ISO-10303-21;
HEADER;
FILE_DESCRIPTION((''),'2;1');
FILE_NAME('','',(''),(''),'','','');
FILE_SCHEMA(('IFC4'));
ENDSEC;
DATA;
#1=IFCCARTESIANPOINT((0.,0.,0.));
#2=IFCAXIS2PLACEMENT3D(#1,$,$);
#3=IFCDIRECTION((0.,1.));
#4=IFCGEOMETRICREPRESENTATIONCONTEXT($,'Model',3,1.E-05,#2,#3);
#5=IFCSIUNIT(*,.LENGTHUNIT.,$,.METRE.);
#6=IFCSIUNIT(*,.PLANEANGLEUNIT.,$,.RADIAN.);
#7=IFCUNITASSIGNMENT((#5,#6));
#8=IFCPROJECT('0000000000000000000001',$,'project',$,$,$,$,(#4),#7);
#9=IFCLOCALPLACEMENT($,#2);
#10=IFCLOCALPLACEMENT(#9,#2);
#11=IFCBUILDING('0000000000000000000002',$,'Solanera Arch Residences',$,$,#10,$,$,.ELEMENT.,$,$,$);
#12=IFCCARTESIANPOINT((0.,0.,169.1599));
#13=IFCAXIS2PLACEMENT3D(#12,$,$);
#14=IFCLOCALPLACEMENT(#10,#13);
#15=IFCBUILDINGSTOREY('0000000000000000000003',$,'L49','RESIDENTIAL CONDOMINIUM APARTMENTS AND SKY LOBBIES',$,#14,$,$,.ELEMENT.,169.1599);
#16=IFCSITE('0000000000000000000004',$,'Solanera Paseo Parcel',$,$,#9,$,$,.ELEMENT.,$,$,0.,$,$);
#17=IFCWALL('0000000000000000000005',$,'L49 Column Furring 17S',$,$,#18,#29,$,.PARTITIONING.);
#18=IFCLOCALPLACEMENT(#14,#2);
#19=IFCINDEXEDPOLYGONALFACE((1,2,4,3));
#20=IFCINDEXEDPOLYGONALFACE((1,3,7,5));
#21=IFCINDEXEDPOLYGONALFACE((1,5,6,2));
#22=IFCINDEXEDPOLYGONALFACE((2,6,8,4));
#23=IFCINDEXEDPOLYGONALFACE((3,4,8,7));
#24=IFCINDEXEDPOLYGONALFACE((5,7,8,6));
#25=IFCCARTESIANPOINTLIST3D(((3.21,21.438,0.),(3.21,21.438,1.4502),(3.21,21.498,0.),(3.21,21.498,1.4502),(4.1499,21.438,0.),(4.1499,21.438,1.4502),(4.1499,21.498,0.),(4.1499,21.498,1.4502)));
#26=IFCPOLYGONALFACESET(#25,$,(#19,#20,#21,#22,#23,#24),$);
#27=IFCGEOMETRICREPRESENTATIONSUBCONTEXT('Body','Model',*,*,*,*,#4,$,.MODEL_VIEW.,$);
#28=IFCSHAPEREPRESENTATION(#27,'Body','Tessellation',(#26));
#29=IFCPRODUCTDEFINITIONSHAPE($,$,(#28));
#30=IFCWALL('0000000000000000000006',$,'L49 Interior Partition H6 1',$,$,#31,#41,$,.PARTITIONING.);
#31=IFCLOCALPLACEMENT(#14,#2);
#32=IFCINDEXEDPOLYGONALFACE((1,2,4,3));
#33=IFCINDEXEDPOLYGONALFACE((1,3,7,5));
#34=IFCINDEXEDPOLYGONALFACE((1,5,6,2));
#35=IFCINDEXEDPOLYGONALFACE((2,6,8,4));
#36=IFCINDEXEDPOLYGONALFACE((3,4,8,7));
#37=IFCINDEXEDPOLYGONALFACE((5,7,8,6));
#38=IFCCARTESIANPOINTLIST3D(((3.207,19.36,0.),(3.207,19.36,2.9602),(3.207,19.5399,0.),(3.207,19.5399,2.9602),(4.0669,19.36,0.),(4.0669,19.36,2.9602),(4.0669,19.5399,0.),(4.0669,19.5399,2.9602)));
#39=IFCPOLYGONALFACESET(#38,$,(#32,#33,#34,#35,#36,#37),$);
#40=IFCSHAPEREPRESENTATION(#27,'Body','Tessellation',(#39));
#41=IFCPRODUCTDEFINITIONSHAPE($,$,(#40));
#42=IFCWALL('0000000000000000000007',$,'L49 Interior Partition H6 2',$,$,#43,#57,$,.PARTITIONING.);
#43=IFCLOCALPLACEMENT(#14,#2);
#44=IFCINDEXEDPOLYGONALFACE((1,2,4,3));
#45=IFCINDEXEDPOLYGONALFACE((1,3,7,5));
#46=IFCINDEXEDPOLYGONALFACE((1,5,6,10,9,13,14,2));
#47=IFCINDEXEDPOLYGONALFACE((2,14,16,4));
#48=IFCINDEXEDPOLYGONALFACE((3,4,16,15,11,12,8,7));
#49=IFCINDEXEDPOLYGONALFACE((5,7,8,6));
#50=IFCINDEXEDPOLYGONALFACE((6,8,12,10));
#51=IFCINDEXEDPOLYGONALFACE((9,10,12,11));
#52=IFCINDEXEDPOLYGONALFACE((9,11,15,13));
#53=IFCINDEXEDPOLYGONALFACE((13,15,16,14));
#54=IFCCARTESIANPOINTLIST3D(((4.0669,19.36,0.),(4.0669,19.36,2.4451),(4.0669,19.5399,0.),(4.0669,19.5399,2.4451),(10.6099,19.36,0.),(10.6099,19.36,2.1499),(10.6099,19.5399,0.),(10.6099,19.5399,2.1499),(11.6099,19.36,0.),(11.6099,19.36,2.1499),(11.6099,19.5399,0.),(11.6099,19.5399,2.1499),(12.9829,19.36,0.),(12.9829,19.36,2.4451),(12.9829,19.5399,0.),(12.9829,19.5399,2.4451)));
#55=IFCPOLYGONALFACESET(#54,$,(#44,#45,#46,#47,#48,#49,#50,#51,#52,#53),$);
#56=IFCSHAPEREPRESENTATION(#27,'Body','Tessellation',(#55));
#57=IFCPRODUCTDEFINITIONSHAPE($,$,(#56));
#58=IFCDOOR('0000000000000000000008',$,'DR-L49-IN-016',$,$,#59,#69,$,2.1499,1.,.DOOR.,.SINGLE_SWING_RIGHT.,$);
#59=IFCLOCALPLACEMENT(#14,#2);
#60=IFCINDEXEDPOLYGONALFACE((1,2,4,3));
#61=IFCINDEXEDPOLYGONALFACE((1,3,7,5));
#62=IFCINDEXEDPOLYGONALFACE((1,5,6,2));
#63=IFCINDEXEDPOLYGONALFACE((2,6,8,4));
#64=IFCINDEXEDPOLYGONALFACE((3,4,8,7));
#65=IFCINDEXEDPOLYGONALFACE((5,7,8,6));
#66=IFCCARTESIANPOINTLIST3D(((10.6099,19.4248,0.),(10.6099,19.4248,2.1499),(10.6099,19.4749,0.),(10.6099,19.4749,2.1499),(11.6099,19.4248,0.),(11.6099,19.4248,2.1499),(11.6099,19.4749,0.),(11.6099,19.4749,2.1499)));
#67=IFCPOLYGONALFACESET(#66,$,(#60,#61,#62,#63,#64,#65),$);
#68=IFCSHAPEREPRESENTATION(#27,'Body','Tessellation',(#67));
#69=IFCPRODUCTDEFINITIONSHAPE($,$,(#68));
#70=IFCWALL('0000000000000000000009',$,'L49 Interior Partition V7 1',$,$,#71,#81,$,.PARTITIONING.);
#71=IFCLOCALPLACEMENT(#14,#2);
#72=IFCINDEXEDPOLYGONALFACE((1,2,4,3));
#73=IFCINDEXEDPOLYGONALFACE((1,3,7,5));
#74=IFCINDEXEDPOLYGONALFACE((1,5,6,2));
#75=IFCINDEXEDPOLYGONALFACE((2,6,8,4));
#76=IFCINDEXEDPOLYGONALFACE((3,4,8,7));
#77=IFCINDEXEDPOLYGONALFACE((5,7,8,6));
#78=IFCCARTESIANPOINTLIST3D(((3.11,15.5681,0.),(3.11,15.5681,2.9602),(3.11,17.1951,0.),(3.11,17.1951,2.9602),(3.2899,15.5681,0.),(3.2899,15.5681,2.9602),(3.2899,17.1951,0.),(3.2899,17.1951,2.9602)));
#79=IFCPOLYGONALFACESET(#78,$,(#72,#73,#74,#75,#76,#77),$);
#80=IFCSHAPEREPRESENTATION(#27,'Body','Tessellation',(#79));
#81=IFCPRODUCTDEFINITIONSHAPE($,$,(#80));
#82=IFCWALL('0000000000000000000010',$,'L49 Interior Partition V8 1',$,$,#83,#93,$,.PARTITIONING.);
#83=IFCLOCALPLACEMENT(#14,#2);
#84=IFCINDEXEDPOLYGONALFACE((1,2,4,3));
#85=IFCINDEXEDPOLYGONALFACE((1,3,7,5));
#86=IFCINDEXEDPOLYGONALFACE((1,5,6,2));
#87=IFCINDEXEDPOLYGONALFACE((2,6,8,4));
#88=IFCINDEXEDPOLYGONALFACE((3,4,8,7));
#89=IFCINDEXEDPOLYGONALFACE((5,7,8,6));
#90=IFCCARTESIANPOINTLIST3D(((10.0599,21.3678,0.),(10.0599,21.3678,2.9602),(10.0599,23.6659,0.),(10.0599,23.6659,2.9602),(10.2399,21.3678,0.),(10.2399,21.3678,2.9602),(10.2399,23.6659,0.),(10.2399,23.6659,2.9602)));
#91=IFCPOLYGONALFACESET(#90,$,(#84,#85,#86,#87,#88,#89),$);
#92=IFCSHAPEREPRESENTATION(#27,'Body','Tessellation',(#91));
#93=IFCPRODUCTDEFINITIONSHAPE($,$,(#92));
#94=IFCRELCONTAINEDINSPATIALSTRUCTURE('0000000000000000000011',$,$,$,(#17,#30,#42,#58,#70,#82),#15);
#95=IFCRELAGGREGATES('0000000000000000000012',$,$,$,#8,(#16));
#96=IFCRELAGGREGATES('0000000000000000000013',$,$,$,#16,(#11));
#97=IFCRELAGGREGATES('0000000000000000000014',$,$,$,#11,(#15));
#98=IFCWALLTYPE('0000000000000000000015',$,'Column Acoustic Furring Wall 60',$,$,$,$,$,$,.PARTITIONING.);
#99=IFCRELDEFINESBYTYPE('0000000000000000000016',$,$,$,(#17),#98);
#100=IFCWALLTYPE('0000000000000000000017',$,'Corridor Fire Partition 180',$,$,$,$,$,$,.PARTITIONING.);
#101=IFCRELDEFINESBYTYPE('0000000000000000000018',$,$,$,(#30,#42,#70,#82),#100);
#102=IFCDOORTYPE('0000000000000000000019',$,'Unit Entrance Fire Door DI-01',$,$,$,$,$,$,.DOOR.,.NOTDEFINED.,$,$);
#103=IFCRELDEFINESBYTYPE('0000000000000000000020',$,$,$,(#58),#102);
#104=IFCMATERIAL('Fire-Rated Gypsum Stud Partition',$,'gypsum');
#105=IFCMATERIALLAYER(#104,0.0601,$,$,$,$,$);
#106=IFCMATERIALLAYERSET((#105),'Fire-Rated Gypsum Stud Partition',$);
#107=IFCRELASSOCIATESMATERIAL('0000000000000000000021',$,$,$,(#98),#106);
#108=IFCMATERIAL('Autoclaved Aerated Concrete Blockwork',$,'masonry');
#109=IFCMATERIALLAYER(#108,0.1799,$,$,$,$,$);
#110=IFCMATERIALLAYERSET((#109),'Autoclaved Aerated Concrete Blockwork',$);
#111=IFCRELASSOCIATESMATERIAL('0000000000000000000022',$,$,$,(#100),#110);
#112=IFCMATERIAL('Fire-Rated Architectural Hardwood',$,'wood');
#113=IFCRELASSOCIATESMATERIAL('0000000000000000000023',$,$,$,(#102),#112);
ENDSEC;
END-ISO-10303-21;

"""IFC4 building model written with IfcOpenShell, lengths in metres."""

from ifc_helpers import new_model, si_unit, direction, frame, frame_2d, origin, place, context, subcontext, project, spatial, rectangle, extrude, material, layer, layer_set, type_object, element, fill, save


model = new_model("IFC4")

# Units and contexts
model_context = context("Model", 3, precision=1e-05, world=origin(), true_north=direction((0.0, 1.0)))
body_context = subcontext(model_context, "Body", "Model", "MODEL_VIEW")
ifc_project = project(units=[si_unit("LENGTHUNIT", "METRE"), si_unit("PLANEANGLEUNIT", "RADIAN")], contexts=[model_context])

# Site, building, storey
site_placement = place(None, origin())
site = spatial("IfcSite", under=ifc_project, at=site_placement, Name="Solanera Paseo Parcel", CompositionType="ELEMENT", RefElevation=0.0)
building_placement = place(site_placement, origin())
building = spatial("IfcBuilding", under=site, at=building_placement, Name="Solanera Arch Residences", CompositionType="ELEMENT")
storey_placement = place(building_placement, frame((0.0, 0.0, 169.1599)))
storey = spatial("IfcBuildingStorey", under=building, at=storey_placement, Name="L49", Description="RESIDENTIAL CONDOMINIUM APARTMENTS AND SKY LOBBIES", CompositionType="ELEMENT", Elevation=169.1599)

# Walls
ifc_material_1 = material(Name="Fire-Rated Gypsum Stud Partition", Category="gypsum")
ifc_layer_1 = layer(ifc_material_1, 0.0601)
ifc_layer_set_1 = layer_set([ifc_layer_1], Name="Fire-Rated Gypsum Stud Partition")
wall_type_1 = type_object("IfcWallType", Name="Column Acoustic Furring Wall 60", PredefinedType="PARTITIONING", material=ifc_layer_set_1)
wall_1_placement = place(storey_placement, frame((3.21, 21.468, 0.0), z_axis=(0.0, 0.0, 1.0), x_axis=(1.0, 0.0, 0.0)))
element("IfcWall", 1, at=wall_1_placement, inside=storey, type_object=wall_type_1, Name="L49 Column Furring 17S", PredefinedType="PARTITIONING", context=body_context, shape_type="SweptSolid", body=[
    extrude(rectangle(XDim=0.9399, YDim=0.0601, at=frame_2d((0.47, 0.0))), origin(), (0.0, 0.0, 1.0), 1.4502),
])
ifc_material_2 = material(Name="Autoclaved Aerated Concrete Blockwork", Category="masonry")
ifc_layer_2 = layer(ifc_material_2, 0.1799)
ifc_layer_set_2 = layer_set([ifc_layer_2], Name="Autoclaved Aerated Concrete Blockwork")
wall_type_2 = type_object("IfcWallType", Name="Corridor Fire Partition 180", PredefinedType="PARTITIONING", material=ifc_layer_set_2)
wall_2_placement = place(storey_placement, frame((3.207, 19.45, 0.0), z_axis=(0.0, 0.0, 1.0), x_axis=(1.0, 0.0, 0.0)))
element("IfcWall", 2, at=wall_2_placement, inside=storey, type_object=wall_type_2, Name="L49 Interior Partition H6 1", PredefinedType="PARTITIONING", context=body_context, shape_type="SweptSolid", body=[
    extrude(rectangle(XDim=0.8599, YDim=0.1799, at=frame_2d((0.4299, 0.0))), origin(), (0.0, 0.0, 1.0), 2.9602),
])

# Wall, opening, door
wall_3_placement = place(storey_placement, frame((4.0669, 19.45, 0.0), z_axis=(0.0, 0.0, 1.0), x_axis=(1.0, 0.0, 0.0)))
wall_3 = element("IfcWall", 3, at=wall_3_placement, inside=storey, type_object=wall_type_2, Name="L49 Interior Partition H6 2", PredefinedType="PARTITIONING", context=body_context, shape_type="SweptSolid", body=[
    extrude(rectangle(XDim=8.916, YDim=0.1799, at=frame_2d((4.458, 0.0))), origin(), (0.0, 0.0, 1.0), 2.4451),
])
opening_1_placement = place(wall_3_placement, frame((6.543, 0.0, 0.0)))
opening_1 = element("IfcOpeningElement", 4, at=opening_1_placement, cuts=wall_3, PredefinedType="OPENING", context=body_context, shape_type="SweptSolid", body=[
    extrude(rectangle(XDim=1.0, YDim=2.1499, at=frame_2d((0.5, 1.075))), frame((0.0, 0.1001, 0.0), z_axis=(0.0, -1.0, 0.0), x_axis=(1.0, 0.0, 0.0)), (0.0, 0.0, 1.0), 0.1999),
])
ifc_material_3 = material(Name="Fire-Rated Architectural Hardwood", Category="wood")
door_type_1 = type_object("IfcDoorType", Name="Unit Entrance Fire Door DI-01", OperationType="NOTDEFINED", PredefinedType="DOOR", material=ifc_material_3)
door_1_placement = place(opening_1_placement, origin())
door_1 = element("IfcDoor", 5, at=door_1_placement, inside=storey, type_object=door_type_1, Name="DR-L49-IN-016", OperationType="SINGLE_SWING_RIGHT", OverallHeight=2.1499, OverallWidth=1.0, PredefinedType="DOOR", context=body_context, shape_type="SweptSolid", body=[
    extrude(rectangle(XDim=1.0, YDim=2.1499, at=frame_2d((0.5, 1.075))), frame((0.0, 0.0249, 0.0), z_axis=(0.0, -1.0, 0.0), x_axis=(1.0, 0.0, 0.0)), (0.0, 0.0, 1.0), 0.05),
])
fill(opening_1, door_1)

# Walls
wall_4_placement = place(storey_placement, frame((3.2, 15.5681, 0.0), z_axis=(0.0, 0.0, 1.0), x_axis=(0.0, 1.0, 0.0)))
element("IfcWall", 6, at=wall_4_placement, inside=storey, type_object=wall_type_2, Name="L49 Interior Partition V7 1", PredefinedType="PARTITIONING", context=body_context, shape_type="SweptSolid", body=[
    extrude(rectangle(XDim=1.627, YDim=0.1799, at=frame_2d((0.8135, 0.0))), origin(), (0.0, 0.0, 1.0), 2.9602),
])
wall_5_placement = place(storey_placement, frame((10.1499, 21.3679, 0.0), z_axis=(0.0, 0.0, 1.0), x_axis=(0.0, 1.0, 0.0)))
element("IfcWall", 7, at=wall_5_placement, inside=storey, type_object=wall_type_2, Name="L49 Interior Partition V8 1", PredefinedType="PARTITIONING", context=body_context, shape_type="SweptSolid", body=[
    extrude(rectangle(XDim=2.2981, YDim=0.1799, at=frame_2d((1.1489, 0.0))), origin(), (0.0, 0.0, 1.0), 2.9602),
])

save(model, "model.ifc")
